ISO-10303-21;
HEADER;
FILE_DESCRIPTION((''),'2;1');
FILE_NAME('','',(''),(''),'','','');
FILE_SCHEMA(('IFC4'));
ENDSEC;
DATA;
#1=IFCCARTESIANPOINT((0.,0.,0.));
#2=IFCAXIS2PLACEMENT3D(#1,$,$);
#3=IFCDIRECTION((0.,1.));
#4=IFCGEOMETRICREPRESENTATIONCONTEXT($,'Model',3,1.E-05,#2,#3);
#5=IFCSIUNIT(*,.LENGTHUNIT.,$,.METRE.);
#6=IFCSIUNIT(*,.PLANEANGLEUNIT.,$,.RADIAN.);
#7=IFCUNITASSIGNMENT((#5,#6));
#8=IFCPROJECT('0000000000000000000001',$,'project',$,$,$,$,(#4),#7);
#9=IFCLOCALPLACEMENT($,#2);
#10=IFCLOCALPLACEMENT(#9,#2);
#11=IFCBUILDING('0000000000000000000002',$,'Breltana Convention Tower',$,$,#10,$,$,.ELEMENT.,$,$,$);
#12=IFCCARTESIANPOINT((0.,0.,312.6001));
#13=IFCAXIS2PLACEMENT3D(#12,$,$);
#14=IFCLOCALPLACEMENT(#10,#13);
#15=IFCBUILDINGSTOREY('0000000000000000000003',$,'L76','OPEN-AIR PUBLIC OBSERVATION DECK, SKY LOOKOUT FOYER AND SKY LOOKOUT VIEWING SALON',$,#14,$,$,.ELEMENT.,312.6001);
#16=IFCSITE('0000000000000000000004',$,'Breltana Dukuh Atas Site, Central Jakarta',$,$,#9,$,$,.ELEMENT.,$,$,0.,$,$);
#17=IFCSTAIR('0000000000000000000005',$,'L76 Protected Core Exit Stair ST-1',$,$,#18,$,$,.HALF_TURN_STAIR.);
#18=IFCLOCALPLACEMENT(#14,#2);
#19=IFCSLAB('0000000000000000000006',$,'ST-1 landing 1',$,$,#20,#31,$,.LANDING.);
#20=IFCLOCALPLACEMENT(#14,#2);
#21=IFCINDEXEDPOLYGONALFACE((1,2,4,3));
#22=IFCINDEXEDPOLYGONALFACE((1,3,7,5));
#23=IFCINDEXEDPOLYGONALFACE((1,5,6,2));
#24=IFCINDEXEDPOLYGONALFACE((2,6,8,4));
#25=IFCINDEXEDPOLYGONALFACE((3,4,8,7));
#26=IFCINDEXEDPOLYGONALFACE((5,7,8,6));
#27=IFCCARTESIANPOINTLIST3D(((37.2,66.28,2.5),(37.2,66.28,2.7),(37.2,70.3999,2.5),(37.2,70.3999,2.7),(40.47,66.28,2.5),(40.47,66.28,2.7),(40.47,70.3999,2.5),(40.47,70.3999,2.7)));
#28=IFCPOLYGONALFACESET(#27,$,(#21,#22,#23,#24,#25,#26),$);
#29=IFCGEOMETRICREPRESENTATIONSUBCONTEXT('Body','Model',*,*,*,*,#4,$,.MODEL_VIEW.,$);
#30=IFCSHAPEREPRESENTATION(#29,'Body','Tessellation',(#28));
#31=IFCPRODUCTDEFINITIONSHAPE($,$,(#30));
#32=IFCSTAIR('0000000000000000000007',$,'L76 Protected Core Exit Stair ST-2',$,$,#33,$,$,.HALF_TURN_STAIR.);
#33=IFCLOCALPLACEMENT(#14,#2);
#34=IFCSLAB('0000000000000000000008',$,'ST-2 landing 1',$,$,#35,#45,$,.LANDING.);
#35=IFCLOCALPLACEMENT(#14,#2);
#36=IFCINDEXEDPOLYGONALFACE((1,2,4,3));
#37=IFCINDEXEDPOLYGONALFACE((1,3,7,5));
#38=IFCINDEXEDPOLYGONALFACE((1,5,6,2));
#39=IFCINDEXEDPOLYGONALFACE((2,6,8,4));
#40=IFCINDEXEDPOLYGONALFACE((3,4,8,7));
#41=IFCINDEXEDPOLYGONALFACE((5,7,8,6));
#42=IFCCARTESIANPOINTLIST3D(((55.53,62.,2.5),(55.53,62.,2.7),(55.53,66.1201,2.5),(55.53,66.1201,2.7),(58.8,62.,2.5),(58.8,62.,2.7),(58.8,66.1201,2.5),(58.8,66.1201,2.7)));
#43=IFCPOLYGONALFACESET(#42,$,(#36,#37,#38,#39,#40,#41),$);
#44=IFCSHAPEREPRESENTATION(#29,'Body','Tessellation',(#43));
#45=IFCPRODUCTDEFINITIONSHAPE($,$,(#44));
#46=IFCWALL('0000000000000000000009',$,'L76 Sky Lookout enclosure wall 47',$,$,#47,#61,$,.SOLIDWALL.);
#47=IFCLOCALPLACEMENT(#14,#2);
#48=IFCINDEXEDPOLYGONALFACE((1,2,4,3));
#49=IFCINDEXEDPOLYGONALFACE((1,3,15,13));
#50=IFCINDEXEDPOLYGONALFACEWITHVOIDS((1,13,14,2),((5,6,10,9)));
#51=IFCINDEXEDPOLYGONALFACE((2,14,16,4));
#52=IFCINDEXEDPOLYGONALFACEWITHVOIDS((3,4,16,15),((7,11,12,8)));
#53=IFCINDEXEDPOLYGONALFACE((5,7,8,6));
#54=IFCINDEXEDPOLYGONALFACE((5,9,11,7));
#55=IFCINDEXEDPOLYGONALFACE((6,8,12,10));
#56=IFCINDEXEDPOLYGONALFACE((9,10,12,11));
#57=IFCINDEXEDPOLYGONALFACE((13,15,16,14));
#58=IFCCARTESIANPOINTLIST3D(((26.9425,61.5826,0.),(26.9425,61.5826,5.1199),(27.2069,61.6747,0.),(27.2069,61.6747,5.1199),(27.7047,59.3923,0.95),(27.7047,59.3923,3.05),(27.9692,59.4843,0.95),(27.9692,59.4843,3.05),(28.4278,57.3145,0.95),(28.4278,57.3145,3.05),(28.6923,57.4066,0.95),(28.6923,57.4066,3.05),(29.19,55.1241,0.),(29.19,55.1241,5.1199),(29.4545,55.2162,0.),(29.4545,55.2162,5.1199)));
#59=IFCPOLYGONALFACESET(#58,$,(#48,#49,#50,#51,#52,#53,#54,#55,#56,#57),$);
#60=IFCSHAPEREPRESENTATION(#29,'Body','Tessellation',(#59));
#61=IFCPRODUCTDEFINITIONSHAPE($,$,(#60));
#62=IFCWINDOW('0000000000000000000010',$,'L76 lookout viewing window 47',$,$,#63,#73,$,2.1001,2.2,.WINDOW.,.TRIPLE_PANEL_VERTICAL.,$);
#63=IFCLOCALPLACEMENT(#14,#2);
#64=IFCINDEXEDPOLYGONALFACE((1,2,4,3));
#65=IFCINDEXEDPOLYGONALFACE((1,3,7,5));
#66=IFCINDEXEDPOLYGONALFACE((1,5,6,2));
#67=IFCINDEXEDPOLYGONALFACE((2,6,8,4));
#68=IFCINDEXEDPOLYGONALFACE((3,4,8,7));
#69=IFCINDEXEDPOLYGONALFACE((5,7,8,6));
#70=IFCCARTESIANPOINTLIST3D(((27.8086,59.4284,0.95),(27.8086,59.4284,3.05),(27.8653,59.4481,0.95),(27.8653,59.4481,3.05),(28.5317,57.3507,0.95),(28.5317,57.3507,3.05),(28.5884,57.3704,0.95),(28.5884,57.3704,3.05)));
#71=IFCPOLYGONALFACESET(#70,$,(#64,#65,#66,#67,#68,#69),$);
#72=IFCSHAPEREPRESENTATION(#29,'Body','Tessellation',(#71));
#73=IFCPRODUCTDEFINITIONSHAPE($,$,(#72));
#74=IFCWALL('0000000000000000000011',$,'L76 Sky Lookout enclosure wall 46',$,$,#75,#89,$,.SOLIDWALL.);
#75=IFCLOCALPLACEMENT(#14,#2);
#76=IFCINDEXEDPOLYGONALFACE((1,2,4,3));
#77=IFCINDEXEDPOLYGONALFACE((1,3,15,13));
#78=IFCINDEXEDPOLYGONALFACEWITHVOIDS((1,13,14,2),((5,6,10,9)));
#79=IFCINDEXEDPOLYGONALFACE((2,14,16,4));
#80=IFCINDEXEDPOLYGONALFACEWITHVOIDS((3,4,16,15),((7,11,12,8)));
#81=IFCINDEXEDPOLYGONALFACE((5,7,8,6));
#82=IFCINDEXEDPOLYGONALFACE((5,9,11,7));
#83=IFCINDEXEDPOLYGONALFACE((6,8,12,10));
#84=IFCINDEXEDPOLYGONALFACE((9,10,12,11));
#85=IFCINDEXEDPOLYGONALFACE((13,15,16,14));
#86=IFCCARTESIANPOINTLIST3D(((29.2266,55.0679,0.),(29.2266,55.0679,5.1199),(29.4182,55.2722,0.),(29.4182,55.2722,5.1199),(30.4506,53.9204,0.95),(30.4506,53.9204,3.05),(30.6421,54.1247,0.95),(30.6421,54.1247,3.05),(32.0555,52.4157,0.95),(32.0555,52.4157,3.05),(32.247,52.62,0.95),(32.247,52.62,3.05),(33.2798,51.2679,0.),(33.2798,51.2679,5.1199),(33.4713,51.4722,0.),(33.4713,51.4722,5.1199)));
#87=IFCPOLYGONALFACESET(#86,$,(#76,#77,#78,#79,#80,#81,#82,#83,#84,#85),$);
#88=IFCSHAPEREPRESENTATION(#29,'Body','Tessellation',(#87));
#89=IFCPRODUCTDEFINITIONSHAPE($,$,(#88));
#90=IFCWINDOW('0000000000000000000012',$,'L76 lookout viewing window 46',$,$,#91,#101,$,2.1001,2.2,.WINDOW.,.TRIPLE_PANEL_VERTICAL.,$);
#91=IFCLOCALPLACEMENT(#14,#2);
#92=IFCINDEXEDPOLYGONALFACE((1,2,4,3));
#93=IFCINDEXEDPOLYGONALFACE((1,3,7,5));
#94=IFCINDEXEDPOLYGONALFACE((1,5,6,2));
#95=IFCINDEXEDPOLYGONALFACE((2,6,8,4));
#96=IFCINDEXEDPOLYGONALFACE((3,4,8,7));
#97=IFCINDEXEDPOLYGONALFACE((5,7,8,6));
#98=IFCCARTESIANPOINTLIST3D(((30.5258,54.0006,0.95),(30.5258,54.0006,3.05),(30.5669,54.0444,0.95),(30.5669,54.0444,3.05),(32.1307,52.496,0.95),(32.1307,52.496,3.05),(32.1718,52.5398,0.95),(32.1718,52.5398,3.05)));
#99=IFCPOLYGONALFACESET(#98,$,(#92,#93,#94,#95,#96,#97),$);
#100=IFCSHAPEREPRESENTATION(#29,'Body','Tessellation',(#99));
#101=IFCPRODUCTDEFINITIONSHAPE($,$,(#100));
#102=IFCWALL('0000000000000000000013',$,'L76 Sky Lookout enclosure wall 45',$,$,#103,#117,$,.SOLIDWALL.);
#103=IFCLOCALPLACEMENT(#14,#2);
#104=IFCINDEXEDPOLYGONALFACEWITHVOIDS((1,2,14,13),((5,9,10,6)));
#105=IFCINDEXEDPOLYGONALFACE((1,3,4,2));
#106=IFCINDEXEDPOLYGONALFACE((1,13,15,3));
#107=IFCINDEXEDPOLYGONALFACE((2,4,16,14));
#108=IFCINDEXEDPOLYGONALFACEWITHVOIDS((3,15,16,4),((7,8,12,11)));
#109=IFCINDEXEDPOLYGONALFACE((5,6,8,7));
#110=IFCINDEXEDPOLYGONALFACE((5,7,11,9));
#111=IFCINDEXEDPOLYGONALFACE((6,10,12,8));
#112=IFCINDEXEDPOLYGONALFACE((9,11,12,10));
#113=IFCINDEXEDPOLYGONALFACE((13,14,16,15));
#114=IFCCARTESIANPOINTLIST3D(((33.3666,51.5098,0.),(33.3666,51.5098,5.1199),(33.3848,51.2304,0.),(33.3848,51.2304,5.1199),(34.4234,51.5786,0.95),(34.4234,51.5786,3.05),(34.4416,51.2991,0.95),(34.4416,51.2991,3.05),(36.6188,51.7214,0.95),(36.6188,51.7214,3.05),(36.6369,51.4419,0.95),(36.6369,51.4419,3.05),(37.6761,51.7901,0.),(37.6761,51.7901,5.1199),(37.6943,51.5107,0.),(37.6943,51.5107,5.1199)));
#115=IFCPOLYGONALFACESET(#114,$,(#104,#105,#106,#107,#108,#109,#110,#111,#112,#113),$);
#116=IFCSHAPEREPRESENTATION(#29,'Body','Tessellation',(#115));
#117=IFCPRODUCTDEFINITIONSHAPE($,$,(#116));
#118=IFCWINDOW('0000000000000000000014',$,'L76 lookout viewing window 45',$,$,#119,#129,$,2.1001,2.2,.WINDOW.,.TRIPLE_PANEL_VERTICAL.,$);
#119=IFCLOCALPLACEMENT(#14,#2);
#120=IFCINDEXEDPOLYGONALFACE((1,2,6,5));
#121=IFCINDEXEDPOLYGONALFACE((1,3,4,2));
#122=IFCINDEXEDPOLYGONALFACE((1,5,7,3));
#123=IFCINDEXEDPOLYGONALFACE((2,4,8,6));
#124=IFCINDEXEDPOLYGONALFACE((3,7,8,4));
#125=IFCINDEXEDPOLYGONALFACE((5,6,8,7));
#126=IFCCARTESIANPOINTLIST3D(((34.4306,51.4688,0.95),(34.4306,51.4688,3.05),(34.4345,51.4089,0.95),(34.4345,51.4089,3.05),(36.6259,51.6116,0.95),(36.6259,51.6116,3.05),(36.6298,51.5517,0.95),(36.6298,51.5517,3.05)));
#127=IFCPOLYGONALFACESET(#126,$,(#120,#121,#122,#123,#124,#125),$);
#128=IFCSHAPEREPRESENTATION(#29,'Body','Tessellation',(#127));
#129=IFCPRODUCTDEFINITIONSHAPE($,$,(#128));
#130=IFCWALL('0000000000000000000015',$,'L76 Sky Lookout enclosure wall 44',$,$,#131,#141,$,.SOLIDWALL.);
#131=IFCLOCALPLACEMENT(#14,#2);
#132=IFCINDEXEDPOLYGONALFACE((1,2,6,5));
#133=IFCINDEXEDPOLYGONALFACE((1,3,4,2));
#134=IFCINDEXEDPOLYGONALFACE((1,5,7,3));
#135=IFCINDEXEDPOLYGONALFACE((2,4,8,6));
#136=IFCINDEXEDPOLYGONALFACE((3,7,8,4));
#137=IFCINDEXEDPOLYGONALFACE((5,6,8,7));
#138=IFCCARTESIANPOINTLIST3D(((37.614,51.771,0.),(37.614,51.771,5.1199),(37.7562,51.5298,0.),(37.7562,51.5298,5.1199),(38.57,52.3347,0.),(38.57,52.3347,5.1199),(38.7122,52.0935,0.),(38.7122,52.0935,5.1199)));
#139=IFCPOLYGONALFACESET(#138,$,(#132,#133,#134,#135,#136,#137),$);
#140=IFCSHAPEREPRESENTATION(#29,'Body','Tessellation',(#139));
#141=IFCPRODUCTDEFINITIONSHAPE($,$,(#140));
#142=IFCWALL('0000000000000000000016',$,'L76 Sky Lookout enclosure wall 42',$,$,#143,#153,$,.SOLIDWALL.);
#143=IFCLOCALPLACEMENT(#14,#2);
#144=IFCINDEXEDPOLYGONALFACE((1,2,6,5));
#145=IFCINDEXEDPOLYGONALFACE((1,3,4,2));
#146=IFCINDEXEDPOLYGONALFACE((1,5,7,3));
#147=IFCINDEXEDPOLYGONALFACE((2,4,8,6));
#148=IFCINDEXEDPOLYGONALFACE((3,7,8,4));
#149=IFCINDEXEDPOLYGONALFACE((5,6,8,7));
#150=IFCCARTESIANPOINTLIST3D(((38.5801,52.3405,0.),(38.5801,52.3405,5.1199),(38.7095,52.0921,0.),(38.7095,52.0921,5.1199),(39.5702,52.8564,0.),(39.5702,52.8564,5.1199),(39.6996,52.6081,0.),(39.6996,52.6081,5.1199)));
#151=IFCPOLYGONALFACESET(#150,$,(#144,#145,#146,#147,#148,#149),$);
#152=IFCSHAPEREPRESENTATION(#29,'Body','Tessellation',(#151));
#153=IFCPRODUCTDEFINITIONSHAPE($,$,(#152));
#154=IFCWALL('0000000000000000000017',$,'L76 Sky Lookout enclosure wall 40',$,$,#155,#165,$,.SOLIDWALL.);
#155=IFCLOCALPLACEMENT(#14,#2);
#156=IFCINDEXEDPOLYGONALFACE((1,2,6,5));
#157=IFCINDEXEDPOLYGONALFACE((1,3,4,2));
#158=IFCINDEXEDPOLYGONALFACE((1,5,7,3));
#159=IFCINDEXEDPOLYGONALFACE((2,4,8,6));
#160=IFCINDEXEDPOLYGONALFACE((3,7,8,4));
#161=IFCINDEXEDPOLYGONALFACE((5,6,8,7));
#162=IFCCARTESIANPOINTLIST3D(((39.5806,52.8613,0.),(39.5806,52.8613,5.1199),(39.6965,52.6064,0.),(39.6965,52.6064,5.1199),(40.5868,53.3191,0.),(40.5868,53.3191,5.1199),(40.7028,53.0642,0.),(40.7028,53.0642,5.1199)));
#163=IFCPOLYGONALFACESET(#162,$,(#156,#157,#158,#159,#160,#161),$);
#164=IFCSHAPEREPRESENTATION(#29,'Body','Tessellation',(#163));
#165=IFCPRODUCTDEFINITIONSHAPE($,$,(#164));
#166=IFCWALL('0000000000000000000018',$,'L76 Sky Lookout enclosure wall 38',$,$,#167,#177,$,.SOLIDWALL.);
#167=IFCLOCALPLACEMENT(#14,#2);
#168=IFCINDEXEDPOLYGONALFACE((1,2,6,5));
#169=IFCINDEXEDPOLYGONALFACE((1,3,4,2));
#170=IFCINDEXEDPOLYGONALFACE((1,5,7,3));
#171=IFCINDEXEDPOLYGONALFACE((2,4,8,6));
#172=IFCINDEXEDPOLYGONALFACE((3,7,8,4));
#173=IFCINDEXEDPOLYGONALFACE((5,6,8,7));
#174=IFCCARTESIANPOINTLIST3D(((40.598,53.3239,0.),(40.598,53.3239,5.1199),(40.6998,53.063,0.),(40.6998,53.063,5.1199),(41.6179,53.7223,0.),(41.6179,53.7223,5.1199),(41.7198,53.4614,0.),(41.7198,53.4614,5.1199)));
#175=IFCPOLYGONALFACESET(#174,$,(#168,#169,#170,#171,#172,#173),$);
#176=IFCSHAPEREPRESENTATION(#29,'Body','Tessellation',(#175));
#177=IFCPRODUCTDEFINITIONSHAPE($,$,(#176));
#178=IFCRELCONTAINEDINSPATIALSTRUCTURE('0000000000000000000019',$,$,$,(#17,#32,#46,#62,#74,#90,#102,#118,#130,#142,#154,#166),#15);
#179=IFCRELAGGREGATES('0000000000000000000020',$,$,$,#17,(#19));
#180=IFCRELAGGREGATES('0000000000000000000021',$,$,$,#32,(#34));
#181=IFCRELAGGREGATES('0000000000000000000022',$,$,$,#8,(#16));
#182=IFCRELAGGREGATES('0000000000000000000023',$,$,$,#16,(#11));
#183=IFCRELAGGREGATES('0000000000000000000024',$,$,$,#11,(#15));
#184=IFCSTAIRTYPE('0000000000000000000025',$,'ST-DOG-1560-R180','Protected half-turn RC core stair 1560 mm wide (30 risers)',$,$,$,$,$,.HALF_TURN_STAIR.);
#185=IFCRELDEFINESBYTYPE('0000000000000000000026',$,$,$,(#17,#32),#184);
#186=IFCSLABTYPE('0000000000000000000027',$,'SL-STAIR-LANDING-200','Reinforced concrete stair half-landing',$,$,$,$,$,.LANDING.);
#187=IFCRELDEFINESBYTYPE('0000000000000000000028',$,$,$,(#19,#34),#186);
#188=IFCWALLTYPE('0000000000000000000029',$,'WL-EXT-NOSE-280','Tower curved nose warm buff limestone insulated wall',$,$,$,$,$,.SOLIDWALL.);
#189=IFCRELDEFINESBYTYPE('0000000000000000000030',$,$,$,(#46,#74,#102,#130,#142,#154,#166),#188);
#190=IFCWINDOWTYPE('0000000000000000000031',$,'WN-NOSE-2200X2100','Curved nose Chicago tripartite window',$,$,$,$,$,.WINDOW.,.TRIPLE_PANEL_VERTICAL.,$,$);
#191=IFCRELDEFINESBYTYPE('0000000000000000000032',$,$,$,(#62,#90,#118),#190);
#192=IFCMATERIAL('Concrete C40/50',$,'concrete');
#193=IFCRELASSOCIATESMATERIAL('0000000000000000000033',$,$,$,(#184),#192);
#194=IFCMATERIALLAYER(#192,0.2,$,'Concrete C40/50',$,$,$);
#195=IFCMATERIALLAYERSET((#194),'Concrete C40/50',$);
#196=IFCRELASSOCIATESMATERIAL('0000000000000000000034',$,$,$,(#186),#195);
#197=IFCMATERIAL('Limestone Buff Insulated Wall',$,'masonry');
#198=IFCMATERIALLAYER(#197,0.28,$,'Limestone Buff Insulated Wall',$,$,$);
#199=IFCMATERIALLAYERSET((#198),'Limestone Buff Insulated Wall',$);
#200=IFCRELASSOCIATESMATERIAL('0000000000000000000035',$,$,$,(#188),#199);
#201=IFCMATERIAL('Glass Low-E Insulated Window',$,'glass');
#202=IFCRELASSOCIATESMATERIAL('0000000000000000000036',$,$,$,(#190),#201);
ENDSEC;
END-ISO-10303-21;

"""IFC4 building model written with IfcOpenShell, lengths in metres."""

from ifc_helpers import new_model, si_unit, direction, frame, frame_2d, origin, place, context, subcontext, project, spatial, polyline, rectangle, outline, extrude, source, transform, mapped, material, layer, layer_set, type_object, type_shapes, element, fill, aggregate, save


model = new_model("IFC4")

# Units and contexts
model_context = context("Model", 3, precision=1e-05, world=origin(), true_north=direction((0.0, 1.0)))
body_context = subcontext(model_context, "Body", "Model", "MODEL_VIEW")
ifc_project = project(units=[si_unit("LENGTHUNIT", "METRE"), si_unit("PLANEANGLEUNIT", "RADIAN")], contexts=[model_context])

# Site, building, storey
site_placement = place(None, origin())
site = spatial("IfcSite", under=ifc_project, at=site_placement, Name="Breltana Dukuh Atas Site, Central Jakarta", CompositionType="ELEMENT", RefElevation=0.0)
building_placement = place(site_placement, origin())
building = spatial("IfcBuilding", under=site, at=building_placement, Name="Breltana Convention Tower", CompositionType="ELEMENT")
storey_placement = place(building_placement, frame((0.0, 0.0, 312.6001)))
storey = spatial("IfcBuildingStorey", under=building, at=storey_placement, Name="L76", Description="OPEN-AIR PUBLIC OBSERVATION DECK, SKY LOOKOUT FOYER AND SKY LOOKOUT VIEWING SALON", CompositionType="ELEMENT", Elevation=312.6001)

# Shared definitions
ifc_material_1 = material(Name="Concrete C40/50", Category="concrete")

# Stairs, slabs
stair_type = type_object("IfcStairType", Name="ST-DOG-1560-R180", Description="Protected half-turn RC core stair 1560 mm wide (30 risers)", PredefinedType="HALF_TURN_STAIR", material=ifc_material_1)
stair_1_placement = place(storey_placement, origin())
stair_1 = element("IfcStair", 1, at=stair_1_placement, inside=storey, type_object=stair_type, Name="L76 Protected Core Exit Stair ST-1", PredefinedType="HALF_TURN_STAIR")
ifc_layer_1 = layer(ifc_material_1, 0.2, Name="Concrete C40/50")
ifc_layer_set_1 = layer_set([ifc_layer_1], Name="Concrete C40/50")
slab_type_1 = type_object("IfcSlabType", Name="SL-STAIR-LANDING-200", Description="Reinforced concrete stair half-landing", PredefinedType="LANDING", material=ifc_layer_set_1)
slab_1_placement = place(storey_placement, frame((0.0, 0.0, 2.5)))
slab_1 = element("IfcSlab", 2, at=slab_1_placement, type_object=slab_type_1, Name="ST-1 landing 1", PredefinedType="LANDING", context=body_context, shape_type="SweptSolid", body=[
    extrude(outline(polyline([(40.47, 66.28), (40.47, 70.3999), (37.2, 70.3999), (37.2, 66.28), (40.47, 66.28)])), origin(), (0.0, 0.0, 1.0), 0.2),
])
aggregate(stair_1, [slab_1])
stair_2_placement = place(storey_placement, origin())
stair_2 = element("IfcStair", 3, at=stair_2_placement, inside=storey, type_object=stair_type, Name="L76 Protected Core Exit Stair ST-2", PredefinedType="HALF_TURN_STAIR")
slab_2_placement = place(storey_placement, frame((0.0, 0.0, 2.5)))
slab_2 = element("IfcSlab", 4, at=slab_2_placement, type_object=slab_type_1, Name="ST-2 landing 1", PredefinedType="LANDING", context=body_context, shape_type="SweptSolid", body=[
    extrude(outline(polyline([(55.53, 66.1201), (55.53, 62.0), (58.8, 62.0), (58.8, 66.1201), (55.53, 66.1201)])), origin(), (0.0, 0.0, 1.0), 0.2),
])
aggregate(stair_2, [slab_2])

# Walls, openings, windows
ifc_material_2 = material(Name="Limestone Buff Insulated Wall", Category="masonry")
ifc_layer_2 = layer(ifc_material_2, 0.28, Name="Limestone Buff Insulated Wall")
ifc_layer_set_2 = layer_set([ifc_layer_2], Name="Limestone Buff Insulated Wall")
wall_type = type_object("IfcWallType", Name="WL-EXT-NOSE-280", Description="Tower curved nose warm buff limestone insulated wall", PredefinedType="SOLIDWALL", material=ifc_layer_set_2)
shared_shape_1 = source(origin(), body_context, "Body", "SweptSolid", [
    extrude(rectangle(XDim=6.8384, YDim=0.28, at=frame_2d((3.4192, 0.0))), origin(), (0.0, 0.0, 1.0), 5.1199),
])
wall_1_placement = place(storey_placement, frame((29.3223, 55.1702, 0.0), z_axis=(0.0, 0.0, 1.0), x_axis=(-0.328667, 0.944446, 0.0)))
wall_1 = element("IfcWall", 5, at=wall_1_placement, inside=storey, type_object=wall_type, Name="L76 Sky Lookout enclosure wall 47", PredefinedType="SOLIDWALL", context=body_context, shape_type="MappedRepresentation", body=[
    mapped(shared_shape_1, transform((0.0, 0.0, 0.0), scale=1.0)),
])
opening_1_placement = place(wall_1_placement, frame((2.3191, 0.0, 0.95)))
opening_1 = element("IfcOpeningElement", 6, at=opening_1_placement, cuts=wall_1, PredefinedType="OPENING", context=body_context, shape_type="SweptSolid", body=[
    extrude(rectangle(XDim=2.2, YDim=2.1001, at=frame_2d((1.1001, 1.05))), frame((0.0, 0.1499, 0.0), z_axis=(0.0, -1.0, 0.0), x_axis=(1.0, 0.0, 0.0)), (0.0, 0.0, 1.0), 0.3),
])
ifc_material_3 = material(Name="Glass Low-E Insulated Window", Category="glass")
window_type = type_object("IfcWindowType", Name="WN-NOSE-2200X2100", Description="Curved nose Chicago tripartite window", PartitioningType="TRIPLE_PANEL_VERTICAL", PredefinedType="WINDOW", material=ifc_material_3)
shared_shape_2 = source(origin(), body_context, "Body", "SweptSolid", [
    extrude(rectangle(XDim=2.2, YDim=2.1001, at=frame_2d((1.1001, 1.05))), frame((0.0, 0.03, 0.0), z_axis=(0.0, -1.0, 0.0), x_axis=(1.0, 0.0, 0.0)), (0.0, 0.0, 1.0), 0.0601),
])
type_shapes(window_type, [shared_shape_2])
window_1_placement = place(opening_1_placement, origin())
window_1 = element("IfcWindow", 7, at=window_1_placement, inside=storey, type_object=window_type, Name="L76 lookout viewing window 47", OverallHeight=2.1001, OverallWidth=2.2, PartitioningType="TRIPLE_PANEL_VERTICAL", PredefinedType="WINDOW", context=body_context, shape_type="MappedRepresentation", body=[
    mapped(shared_shape_2, transform((0.0, 0.0, 0.0), scale=1.0)),
])
fill(opening_1, window_1)
shared_shape_3 = source(origin(), body_context, "Body", "SweptSolid", [
    extrude(rectangle(XDim=5.5559, YDim=0.28, at=frame_2d((2.7778, 0.0))), origin(), (0.0, 0.0, 1.0), 5.1199),
])
wall_2_placement = place(storey_placement, frame((33.3755, 51.3701, 0.0), z_axis=(0.0, 0.0, 1.0), x_axis=(-0.729524, 0.683956, 0.0)))
wall_2 = element("IfcWall", 8, at=wall_2_placement, inside=storey, type_object=wall_type, Name="L76 Sky Lookout enclosure wall 46", PredefinedType="SOLIDWALL", context=body_context, shape_type="MappedRepresentation", body=[
    mapped(shared_shape_3, transform((0.0, 0.0, 0.0), scale=1.0)),
])
opening_2_placement = place(wall_2_placement, frame((1.678, 0.0, 0.95)))
opening_2 = element("IfcOpeningElement", 9, at=opening_2_placement, cuts=wall_2, PredefinedType="OPENING", context=body_context, shape_type="SweptSolid", body=[
    extrude(rectangle(XDim=2.2, YDim=2.1001, at=frame_2d((1.1001, 1.05))), frame((0.0, 0.1499, 0.0), z_axis=(0.0, -1.0, 0.0), x_axis=(1.0, 0.0, 0.0)), (0.0, 0.0, 1.0), 0.3),
])
window_2_placement = place(opening_2_placement, origin())
window_2 = element("IfcWindow", 10, at=window_2_placement, inside=storey, type_object=window_type, Name="L76 lookout viewing window 46", OverallHeight=2.1001, OverallWidth=2.2, PartitioningType="TRIPLE_PANEL_VERTICAL", PredefinedType="WINDOW", context=body_context, shape_type="MappedRepresentation", body=[
    mapped(shared_shape_2, transform((0.0, 0.0, 0.0), scale=1.0)),
])
fill(opening_2, window_2)
shared_shape_4 = source(origin(), body_context, "Body", "SweptSolid", [
    extrude(rectangle(XDim=4.3186, YDim=0.28, at=frame_2d((2.1592, 0.0))), origin(), (0.0, 0.0, 1.0), 5.1199),
])
wall_3_placement = place(storey_placement, frame((37.6851, 51.6504, 0.0), z_axis=(0.0, 0.0, 1.0), x_axis=(-0.997892, -0.064898, 0.0)))
wall_3 = element("IfcWall", 11, at=wall_3_placement, inside=storey, type_object=wall_type, Name="L76 Sky Lookout enclosure wall 45", PredefinedType="SOLIDWALL", context=body_context, shape_type="MappedRepresentation", body=[
    mapped(shared_shape_4, transform((0.0, 0.0, 0.0), scale=1.0)),
])
opening_3_placement = place(wall_3_placement, frame((1.0593, 0.0, 0.95)))
opening_3 = element("IfcOpeningElement", 12, at=opening_3_placement, cuts=wall_3, PredefinedType="OPENING", context=body_context, shape_type="SweptSolid", body=[
    extrude(rectangle(XDim=2.2, YDim=2.1001, at=frame_2d((1.1001, 1.05))), frame((0.0, 0.1499, 0.0), z_axis=(0.0, -1.0, 0.0), x_axis=(1.0, 0.0, 0.0)), (0.0, 0.0, 1.0), 0.3),
])
window_3_placement = place(opening_3_placement, origin())
window_3 = element("IfcWindow", 13, at=window_3_placement, inside=storey, type_object=window_type, Name="L76 lookout viewing window 45", OverallHeight=2.1001, OverallWidth=2.2, PartitioningType="TRIPLE_PANEL_VERTICAL", PredefinedType="WINDOW", context=body_context, shape_type="MappedRepresentation", body=[
    mapped(shared_shape_2, transform((0.0, 0.0, 0.0), scale=1.0)),
])
fill(opening_3, window_3)

# Walls
shared_shape_5 = source(origin(), body_context, "Body", "SweptSolid", [
    extrude(rectangle(XDim=1.1099, YDim=0.28, at=frame_2d((0.5549, 0.0))), origin(), (0.0, 0.0, 1.0), 5.1199),
])
wall_4_placement = place(storey_placement, frame((38.6411, 52.2141, 0.0), z_axis=(0.0, 0.0, 1.0), x_axis=(-0.861408, -0.507914, 0.0)))
element("IfcWall", 14, at=wall_4_placement, inside=storey, type_object=wall_type, Name="L76 Sky Lookout enclosure wall 44", PredefinedType="SOLIDWALL", context=body_context, shape_type="MappedRepresentation", body=[
    mapped(shared_shape_5, transform((0.0, 0.0, 0.0), scale=1.0)),
])
shared_shape_6 = source(origin(), body_context, "Body", "SweptSolid", [
    extrude(rectangle(XDim=1.1165, YDim=0.28, at=frame_2d((0.5581, 0.0))), origin(), (0.0, 0.0, 1.0), 5.1199),
])
wall_5_placement = place(storey_placement, frame((39.6348, 52.7322, 0.0), z_axis=(0.0, 0.0, 1.0), x_axis=(-0.886823, -0.46211, 0.0)))
element("IfcWall", 15, at=wall_5_placement, inside=storey, type_object=wall_type, Name="L76 Sky Lookout enclosure wall 42", PredefinedType="SOLIDWALL", context=body_context, shape_type="MappedRepresentation", body=[
    mapped(shared_shape_6, transform((0.0, 0.0, 0.0), scale=1.0)),
])
shared_shape_7 = source(origin(), body_context, "Body", "SweptSolid", [
    extrude(rectangle(XDim=1.1055, YDim=0.28, at=frame_2d((0.5527, 0.0))), origin(), (0.0, 0.0, 1.0), 5.1199),
])
wall_6_placement = place(storey_placement, frame((40.6448, 53.1917, 0.0), z_axis=(0.0, 0.0, 1.0), x_axis=(-0.910215, -0.414136, 0.0)))
element("IfcWall", 16, at=wall_6_placement, inside=storey, type_object=wall_type, Name="L76 Sky Lookout enclosure wall 40", PredefinedType="SOLIDWALL", context=body_context, shape_type="MappedRepresentation", body=[
    mapped(shared_shape_7, transform((0.0, 0.0, 0.0), scale=1.0)),
])
shared_shape_8 = source(origin(), body_context, "Body", "SweptSolid", [
    extrude(rectangle(XDim=1.095, YDim=0.28, at=frame_2d((0.5474, 0.0))), origin(), (0.0, 0.0, 1.0), 5.1199),
])
wall_7_placement = place(storey_placement, frame((41.6687, 53.5918, 0.0), z_axis=(0.0, 0.0, 1.0), x_axis=(-0.93146, -0.363844, 0.0)))
element("IfcWall", 17, at=wall_7_placement, inside=storey, type_object=wall_type, Name="L76 Sky Lookout enclosure wall 38", PredefinedType="SOLIDWALL", context=body_context, shape_type="MappedRepresentation", body=[
    mapped(shared_shape_8, transform((0.0, 0.0, 0.0), scale=1.0)),
])

save(model, "model.ifc")
